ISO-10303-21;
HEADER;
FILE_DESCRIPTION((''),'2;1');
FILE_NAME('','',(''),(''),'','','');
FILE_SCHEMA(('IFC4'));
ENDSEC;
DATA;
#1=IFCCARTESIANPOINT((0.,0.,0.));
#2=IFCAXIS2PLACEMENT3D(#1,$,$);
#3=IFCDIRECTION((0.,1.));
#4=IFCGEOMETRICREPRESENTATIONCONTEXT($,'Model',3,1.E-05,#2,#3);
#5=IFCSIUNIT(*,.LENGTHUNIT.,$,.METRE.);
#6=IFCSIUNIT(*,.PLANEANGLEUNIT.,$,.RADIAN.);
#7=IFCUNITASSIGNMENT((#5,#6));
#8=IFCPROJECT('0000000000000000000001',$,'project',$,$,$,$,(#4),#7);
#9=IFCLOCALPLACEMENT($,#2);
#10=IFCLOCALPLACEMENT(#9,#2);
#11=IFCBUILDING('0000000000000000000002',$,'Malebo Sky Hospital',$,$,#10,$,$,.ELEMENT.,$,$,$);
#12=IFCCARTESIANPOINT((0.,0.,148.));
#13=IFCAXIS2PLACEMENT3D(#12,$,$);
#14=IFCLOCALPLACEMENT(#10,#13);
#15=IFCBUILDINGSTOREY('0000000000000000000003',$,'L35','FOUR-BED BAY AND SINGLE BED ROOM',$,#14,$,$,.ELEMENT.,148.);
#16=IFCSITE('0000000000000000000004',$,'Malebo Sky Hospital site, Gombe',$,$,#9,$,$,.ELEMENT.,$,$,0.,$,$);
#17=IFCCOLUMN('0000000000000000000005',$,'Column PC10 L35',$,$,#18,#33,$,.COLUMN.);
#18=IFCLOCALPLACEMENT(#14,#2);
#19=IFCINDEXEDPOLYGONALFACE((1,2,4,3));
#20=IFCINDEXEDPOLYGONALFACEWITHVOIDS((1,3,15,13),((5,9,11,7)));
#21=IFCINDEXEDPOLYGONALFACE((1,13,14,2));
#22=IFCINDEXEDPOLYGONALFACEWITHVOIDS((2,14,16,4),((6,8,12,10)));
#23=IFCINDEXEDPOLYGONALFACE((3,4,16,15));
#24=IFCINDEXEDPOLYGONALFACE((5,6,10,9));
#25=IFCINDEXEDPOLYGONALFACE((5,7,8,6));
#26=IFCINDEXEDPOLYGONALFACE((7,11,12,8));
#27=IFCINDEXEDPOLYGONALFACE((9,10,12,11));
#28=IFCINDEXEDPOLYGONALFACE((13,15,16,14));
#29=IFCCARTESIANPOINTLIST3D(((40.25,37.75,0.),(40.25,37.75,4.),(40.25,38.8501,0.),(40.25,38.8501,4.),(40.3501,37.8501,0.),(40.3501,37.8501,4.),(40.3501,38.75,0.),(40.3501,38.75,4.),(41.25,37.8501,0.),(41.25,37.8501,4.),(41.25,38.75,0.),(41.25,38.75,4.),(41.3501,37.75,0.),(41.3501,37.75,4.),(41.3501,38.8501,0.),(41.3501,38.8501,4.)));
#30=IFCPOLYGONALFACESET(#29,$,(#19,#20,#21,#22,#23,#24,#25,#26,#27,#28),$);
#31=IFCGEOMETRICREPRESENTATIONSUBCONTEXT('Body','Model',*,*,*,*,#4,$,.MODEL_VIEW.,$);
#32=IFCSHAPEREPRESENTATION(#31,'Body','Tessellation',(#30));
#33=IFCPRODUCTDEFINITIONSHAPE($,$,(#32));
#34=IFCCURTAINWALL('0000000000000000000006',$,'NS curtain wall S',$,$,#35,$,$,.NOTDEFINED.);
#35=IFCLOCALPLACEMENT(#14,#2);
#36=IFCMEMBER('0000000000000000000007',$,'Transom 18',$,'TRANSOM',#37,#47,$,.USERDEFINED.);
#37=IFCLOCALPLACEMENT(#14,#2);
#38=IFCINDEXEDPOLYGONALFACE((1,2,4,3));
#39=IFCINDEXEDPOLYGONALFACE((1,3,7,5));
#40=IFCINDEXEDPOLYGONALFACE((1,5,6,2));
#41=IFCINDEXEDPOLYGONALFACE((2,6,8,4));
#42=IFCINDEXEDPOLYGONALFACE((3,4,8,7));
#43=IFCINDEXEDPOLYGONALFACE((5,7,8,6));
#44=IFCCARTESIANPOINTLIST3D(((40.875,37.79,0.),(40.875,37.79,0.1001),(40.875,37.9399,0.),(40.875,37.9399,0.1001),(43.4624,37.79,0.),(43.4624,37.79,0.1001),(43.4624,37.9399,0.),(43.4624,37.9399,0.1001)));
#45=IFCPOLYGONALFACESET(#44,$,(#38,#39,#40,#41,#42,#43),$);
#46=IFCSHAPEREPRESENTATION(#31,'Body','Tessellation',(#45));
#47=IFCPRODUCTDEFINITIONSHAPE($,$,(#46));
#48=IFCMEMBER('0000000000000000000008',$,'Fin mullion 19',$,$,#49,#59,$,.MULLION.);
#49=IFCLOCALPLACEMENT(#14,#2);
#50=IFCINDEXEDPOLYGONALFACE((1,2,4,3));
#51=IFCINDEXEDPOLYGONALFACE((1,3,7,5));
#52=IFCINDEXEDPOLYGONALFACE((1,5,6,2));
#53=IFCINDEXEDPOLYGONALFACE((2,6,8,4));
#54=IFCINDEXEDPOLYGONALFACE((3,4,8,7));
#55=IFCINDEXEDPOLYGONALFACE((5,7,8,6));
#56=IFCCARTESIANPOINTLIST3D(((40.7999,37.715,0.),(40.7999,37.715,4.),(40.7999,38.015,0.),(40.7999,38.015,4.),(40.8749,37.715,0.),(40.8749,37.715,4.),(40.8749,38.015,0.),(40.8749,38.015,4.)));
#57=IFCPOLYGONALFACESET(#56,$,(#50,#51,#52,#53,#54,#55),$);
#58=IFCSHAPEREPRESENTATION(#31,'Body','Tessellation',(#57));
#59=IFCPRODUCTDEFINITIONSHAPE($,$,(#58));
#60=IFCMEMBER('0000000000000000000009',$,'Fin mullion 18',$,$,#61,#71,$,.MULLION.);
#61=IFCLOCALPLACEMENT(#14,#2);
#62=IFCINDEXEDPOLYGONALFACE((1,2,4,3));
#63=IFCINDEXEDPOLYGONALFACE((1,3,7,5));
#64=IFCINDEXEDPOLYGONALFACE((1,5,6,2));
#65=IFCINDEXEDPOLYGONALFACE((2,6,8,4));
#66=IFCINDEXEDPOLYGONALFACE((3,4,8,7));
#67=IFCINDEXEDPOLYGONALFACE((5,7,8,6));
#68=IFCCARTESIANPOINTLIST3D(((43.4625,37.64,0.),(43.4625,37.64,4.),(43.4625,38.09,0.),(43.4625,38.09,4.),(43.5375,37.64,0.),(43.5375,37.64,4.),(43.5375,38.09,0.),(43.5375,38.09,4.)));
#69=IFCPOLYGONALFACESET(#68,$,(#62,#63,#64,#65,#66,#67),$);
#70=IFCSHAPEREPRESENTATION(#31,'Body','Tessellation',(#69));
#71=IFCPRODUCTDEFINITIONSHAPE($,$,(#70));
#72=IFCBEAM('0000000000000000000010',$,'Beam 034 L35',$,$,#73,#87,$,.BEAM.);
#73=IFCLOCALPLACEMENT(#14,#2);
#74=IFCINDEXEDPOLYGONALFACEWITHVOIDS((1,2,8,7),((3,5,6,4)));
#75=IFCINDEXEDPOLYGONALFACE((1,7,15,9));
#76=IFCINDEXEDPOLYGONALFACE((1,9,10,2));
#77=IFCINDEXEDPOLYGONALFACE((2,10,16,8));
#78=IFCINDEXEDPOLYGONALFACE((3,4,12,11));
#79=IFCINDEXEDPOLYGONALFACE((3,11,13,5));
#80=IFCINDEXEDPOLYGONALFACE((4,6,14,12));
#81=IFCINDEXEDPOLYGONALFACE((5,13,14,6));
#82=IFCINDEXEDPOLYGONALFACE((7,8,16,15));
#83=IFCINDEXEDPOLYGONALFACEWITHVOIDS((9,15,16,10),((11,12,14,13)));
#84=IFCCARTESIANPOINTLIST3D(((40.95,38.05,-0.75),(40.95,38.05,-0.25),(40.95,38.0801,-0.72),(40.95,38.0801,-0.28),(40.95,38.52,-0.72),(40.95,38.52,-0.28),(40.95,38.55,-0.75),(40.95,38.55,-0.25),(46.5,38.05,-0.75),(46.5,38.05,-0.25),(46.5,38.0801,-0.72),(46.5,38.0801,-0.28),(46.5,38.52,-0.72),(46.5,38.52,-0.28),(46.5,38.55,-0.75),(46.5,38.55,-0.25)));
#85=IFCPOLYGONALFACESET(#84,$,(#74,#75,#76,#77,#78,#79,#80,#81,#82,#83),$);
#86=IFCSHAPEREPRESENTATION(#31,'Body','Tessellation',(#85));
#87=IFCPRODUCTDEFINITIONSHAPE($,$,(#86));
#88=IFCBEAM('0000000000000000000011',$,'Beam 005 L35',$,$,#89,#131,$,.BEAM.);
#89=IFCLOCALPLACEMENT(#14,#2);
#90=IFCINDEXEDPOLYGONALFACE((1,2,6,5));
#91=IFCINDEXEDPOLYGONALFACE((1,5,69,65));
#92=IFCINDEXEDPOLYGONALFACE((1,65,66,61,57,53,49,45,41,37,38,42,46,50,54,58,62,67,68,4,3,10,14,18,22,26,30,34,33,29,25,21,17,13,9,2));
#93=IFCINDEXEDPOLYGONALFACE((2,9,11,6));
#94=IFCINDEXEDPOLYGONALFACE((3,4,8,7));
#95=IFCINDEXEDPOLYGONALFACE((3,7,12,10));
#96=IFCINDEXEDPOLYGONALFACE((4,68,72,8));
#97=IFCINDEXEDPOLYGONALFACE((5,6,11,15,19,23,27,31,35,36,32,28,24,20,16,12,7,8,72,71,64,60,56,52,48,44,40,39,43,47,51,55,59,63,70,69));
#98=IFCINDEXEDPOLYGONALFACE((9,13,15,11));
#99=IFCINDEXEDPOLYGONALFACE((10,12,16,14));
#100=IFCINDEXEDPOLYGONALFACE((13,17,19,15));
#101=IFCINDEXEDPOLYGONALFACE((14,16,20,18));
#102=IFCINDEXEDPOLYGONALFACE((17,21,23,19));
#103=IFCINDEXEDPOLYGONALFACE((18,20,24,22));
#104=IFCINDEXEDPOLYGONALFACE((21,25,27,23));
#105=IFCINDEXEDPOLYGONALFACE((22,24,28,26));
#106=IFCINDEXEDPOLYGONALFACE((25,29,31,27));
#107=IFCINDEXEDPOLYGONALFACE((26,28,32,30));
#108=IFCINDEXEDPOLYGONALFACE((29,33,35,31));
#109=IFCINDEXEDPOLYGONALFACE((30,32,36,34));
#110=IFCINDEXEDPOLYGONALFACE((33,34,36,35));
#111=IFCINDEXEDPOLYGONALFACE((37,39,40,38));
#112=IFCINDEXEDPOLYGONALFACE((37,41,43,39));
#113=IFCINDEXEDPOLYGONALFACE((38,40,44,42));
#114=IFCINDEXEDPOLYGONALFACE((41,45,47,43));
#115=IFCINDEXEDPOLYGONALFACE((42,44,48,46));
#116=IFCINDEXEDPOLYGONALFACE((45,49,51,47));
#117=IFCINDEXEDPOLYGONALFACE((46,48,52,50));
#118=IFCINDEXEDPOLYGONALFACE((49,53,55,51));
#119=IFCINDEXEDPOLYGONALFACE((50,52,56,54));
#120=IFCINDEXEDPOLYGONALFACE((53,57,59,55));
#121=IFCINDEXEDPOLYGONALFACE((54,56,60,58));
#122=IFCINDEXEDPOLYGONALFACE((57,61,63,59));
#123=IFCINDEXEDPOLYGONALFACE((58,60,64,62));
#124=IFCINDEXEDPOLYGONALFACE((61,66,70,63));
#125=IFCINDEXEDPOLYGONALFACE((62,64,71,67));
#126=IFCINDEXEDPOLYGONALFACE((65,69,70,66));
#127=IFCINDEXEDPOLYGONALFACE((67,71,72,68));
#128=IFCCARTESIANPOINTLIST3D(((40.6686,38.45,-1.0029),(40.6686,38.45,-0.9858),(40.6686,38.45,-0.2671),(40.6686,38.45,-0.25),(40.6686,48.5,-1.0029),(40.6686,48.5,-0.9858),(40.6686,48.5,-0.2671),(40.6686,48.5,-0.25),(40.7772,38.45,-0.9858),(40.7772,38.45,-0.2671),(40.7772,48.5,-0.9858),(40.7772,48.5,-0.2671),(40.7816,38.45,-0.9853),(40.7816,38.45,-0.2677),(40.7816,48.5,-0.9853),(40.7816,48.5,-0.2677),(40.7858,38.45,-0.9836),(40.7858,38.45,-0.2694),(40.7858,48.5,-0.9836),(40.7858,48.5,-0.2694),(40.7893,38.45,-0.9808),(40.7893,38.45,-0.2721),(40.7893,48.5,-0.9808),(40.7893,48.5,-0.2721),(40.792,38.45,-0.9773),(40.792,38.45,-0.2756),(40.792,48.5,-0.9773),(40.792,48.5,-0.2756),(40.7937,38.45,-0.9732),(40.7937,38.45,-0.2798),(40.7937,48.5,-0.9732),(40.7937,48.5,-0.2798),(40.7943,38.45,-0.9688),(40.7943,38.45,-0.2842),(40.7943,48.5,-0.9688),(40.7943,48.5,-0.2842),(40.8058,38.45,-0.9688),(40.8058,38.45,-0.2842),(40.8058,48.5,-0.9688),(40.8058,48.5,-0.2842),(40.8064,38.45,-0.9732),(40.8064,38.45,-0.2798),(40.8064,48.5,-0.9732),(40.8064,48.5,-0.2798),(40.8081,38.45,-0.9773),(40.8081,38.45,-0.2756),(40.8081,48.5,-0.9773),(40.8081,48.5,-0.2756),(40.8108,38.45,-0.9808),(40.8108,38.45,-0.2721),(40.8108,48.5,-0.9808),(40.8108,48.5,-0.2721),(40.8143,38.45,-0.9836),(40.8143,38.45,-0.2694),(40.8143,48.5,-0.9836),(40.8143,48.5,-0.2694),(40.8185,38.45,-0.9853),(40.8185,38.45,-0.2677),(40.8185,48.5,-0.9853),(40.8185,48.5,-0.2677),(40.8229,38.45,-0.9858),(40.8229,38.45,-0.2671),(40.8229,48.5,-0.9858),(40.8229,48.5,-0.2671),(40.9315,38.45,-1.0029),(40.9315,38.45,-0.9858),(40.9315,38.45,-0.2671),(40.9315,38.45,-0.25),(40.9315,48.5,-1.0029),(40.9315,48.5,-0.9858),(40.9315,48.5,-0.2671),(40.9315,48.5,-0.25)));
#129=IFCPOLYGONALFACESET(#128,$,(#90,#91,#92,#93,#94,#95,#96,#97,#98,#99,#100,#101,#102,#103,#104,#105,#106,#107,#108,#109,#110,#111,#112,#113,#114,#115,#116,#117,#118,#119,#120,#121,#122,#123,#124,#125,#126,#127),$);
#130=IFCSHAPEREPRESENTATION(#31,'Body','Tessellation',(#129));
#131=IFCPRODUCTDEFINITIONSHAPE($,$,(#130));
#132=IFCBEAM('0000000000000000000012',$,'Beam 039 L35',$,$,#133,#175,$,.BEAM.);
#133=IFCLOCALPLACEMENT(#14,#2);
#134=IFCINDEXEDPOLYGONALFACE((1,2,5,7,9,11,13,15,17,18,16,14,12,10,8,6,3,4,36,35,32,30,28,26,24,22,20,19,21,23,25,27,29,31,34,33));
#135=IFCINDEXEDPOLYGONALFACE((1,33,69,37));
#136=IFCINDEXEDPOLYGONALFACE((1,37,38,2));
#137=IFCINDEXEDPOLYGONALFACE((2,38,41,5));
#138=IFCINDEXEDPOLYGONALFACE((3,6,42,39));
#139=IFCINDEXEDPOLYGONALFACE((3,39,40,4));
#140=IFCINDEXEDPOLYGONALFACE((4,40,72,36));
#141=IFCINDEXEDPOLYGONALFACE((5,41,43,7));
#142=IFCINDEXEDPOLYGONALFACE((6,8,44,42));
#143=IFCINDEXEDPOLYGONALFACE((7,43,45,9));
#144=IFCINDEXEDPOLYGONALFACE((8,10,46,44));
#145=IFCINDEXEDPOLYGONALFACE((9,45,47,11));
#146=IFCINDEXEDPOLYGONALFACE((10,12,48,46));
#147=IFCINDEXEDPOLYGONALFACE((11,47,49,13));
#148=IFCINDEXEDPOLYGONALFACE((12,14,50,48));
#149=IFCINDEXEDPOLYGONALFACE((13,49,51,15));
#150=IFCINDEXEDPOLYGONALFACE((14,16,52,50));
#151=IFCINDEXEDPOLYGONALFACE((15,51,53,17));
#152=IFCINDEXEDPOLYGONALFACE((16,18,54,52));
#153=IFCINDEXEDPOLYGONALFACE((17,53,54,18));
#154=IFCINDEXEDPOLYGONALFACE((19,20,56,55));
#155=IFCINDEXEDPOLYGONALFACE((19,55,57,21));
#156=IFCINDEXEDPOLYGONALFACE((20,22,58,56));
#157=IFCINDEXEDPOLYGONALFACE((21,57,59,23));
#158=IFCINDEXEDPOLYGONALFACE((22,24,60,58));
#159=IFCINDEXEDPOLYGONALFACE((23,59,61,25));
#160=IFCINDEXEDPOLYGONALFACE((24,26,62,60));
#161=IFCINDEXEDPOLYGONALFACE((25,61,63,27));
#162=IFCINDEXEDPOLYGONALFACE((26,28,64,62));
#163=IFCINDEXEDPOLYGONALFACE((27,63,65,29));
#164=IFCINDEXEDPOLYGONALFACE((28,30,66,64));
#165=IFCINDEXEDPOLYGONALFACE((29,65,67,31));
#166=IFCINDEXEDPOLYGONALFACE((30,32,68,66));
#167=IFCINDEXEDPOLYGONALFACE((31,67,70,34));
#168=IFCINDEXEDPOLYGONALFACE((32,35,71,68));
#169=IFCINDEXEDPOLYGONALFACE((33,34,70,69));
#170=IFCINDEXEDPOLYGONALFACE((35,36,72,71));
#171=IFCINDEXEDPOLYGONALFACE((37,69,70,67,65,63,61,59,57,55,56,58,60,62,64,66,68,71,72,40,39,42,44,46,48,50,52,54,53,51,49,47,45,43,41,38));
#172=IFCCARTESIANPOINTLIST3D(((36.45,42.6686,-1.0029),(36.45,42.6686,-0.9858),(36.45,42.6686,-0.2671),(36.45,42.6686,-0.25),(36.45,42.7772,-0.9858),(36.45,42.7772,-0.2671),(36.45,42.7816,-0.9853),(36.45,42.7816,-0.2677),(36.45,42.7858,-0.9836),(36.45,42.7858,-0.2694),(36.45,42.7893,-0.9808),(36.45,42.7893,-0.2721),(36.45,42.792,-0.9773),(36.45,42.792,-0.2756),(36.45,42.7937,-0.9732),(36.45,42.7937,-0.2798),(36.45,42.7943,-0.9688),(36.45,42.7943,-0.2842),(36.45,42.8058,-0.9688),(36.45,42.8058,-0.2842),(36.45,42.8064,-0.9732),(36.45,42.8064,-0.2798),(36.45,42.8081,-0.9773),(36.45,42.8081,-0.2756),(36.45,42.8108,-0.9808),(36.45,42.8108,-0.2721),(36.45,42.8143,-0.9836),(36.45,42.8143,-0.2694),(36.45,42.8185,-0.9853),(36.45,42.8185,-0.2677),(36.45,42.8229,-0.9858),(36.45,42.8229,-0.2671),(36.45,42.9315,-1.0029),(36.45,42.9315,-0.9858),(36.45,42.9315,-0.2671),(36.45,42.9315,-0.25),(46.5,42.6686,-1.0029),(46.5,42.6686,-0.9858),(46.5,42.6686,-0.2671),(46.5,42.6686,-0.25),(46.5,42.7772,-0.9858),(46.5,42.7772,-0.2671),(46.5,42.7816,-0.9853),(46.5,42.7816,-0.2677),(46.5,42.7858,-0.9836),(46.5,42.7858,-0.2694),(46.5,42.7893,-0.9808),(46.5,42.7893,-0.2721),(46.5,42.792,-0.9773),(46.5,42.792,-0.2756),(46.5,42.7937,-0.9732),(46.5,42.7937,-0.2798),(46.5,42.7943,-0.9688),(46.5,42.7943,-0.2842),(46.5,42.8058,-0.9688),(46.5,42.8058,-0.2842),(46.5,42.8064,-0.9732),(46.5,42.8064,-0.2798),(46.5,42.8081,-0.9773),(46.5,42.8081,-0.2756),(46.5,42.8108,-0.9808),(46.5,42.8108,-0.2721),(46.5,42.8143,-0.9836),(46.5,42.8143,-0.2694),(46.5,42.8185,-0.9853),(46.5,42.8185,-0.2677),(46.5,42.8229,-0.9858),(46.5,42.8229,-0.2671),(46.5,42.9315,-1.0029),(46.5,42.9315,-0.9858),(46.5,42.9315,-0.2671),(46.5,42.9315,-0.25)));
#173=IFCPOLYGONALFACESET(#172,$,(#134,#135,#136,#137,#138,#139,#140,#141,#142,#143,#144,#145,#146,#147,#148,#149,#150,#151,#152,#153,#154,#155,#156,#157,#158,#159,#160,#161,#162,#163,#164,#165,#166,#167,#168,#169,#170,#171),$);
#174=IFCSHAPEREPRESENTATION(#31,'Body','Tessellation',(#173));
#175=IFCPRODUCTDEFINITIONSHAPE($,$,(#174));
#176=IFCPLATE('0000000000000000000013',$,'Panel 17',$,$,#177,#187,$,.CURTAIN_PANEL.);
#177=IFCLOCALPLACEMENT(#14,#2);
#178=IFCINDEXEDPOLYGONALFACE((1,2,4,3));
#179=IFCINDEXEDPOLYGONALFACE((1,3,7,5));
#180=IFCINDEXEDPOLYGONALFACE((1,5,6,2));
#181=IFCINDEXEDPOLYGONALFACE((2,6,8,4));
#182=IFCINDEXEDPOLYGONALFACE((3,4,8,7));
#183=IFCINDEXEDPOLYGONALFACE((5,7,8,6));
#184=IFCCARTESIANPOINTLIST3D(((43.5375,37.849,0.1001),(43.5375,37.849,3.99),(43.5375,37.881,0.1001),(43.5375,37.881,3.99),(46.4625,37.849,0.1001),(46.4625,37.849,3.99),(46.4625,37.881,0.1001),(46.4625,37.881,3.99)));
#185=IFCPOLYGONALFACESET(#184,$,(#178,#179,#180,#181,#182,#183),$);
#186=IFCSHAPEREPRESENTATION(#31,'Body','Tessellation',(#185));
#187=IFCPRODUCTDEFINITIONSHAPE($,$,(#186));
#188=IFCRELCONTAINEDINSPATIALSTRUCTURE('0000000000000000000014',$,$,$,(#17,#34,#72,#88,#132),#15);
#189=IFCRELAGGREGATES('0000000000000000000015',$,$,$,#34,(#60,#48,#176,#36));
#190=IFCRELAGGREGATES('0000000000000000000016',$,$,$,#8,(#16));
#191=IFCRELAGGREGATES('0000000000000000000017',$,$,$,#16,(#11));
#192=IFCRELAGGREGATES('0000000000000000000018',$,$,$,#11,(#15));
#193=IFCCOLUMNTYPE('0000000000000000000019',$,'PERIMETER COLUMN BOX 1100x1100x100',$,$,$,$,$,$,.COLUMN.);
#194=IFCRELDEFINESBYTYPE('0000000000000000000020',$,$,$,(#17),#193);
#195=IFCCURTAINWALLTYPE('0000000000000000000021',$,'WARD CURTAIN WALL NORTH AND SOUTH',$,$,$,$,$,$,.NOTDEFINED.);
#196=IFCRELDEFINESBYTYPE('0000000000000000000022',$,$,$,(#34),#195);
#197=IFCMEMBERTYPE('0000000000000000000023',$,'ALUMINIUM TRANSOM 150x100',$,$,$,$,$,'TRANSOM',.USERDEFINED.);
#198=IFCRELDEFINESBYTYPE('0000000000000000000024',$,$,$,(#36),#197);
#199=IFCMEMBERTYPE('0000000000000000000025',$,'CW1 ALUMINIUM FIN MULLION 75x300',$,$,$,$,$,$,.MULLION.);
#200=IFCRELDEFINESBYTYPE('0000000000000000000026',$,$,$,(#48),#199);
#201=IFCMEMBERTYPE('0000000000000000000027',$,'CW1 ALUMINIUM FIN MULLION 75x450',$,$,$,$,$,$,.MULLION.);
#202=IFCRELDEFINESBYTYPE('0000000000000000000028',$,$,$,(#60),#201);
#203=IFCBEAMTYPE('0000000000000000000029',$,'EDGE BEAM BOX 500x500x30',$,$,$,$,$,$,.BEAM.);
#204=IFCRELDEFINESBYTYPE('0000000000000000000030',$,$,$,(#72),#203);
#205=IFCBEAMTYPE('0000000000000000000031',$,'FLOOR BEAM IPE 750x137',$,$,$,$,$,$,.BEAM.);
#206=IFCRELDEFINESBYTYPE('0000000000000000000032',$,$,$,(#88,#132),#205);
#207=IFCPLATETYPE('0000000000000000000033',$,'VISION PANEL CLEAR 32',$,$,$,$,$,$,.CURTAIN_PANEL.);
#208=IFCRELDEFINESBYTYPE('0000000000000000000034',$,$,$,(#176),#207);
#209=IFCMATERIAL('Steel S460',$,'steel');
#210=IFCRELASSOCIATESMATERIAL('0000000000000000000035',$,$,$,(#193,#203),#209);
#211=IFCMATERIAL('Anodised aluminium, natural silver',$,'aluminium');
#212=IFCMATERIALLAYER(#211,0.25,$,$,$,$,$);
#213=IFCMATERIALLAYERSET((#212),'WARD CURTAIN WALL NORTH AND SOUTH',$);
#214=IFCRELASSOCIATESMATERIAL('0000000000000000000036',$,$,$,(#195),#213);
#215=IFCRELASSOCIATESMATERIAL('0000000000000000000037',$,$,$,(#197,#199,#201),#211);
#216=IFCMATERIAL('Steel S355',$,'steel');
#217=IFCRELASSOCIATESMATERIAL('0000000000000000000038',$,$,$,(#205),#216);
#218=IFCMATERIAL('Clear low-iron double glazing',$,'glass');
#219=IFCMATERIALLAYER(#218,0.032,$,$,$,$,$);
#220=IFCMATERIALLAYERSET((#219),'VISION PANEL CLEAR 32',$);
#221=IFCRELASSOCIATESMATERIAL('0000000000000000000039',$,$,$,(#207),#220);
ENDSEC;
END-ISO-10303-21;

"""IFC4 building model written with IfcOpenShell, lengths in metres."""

from ifc_helpers import new_model, si_unit, direction, frame, origin, origin_2d, place, context, subcontext, project, spatial, rectangle, hollow_rectangle, i_section, extrude, material, layer, layer_set, material_profile, profile_set, type_object, element, aggregate, save


model = new_model("IFC4")

# Units and contexts
model_context = context("Model", 3, precision=1e-05, world=origin(), true_north=direction((0.0, 1.0)))
body_context = subcontext(model_context, "Body", "Model", "MODEL_VIEW")
ifc_project = project(units=[si_unit("LENGTHUNIT", "METRE"), si_unit("PLANEANGLEUNIT", "RADIAN")], contexts=[model_context])

# Site, building, storey
site_placement = place(None, origin())
site = spatial("IfcSite", under=ifc_project, at=site_placement, Name="Malebo Sky Hospital site, Gombe", CompositionType="ELEMENT", RefElevation=0.0)
building_placement = place(site_placement, origin())
building = spatial("IfcBuilding", under=site, at=building_placement, Name="Malebo Sky Hospital", CompositionType="ELEMENT")
storey_placement = place(building_placement, frame((0.0, 0.0, 148.0)))
storey = spatial("IfcBuildingStorey", under=building, at=storey_placement, Name="L35", Description="FOUR-BED BAY AND SINGLE BED ROOM", CompositionType="ELEMENT", Elevation=148.0)

# Column
ifc_material_1 = material(Name="Steel S460", Category="steel")
ifc_material_profile_1 = material_profile(ifc_material_1, hollow_rectangle(XDim=1.1001, YDim=1.1001, WallThickness=0.1001, at=origin_2d()), Name="BOX 1100x1100x100")
ifc_profile_set_1 = profile_set([ifc_material_profile_1], Name="Steel S460")
column_type = type_object("IfcColumnType", Name="PERIMETER COLUMN BOX 1100x1100x100", PredefinedType="COLUMN", material=ifc_profile_set_1)
column_placement = place(storey_placement, frame((40.8, 38.3, 0.0), z_axis=(0.0, 0.0, 1.0), x_axis=(1.0, 0.0, 0.0)))
element("IfcColumn", 1, at=column_placement, inside=storey, type_object=column_type, Name="Column PC10 L35", PredefinedType="COLUMN", context=body_context, shape_type="SweptSolid", body=[
    extrude(hollow_rectangle(XDim=1.1001, YDim=1.1001, WallThickness=0.1001, at=origin_2d()), origin(), (0.0, 0.0, 1.0), 4.0),
])

# Curtain wall, members
ifc_material_2 = material(Name="Anodised aluminium, natural silver", Category="aluminium")
ifc_layer_1 = layer(ifc_material_2, 0.25)
ifc_layer_set_1 = layer_set([ifc_layer_1], Name="WARD CURTAIN WALL NORTH AND SOUTH")
curtain_wall_type = type_object("IfcCurtainWallType", Name="WARD CURTAIN WALL NORTH AND SOUTH", PredefinedType="NOTDEFINED", material=ifc_layer_set_1)
curtain_wall_placement = place(storey_placement, origin())
curtain_wall = element("IfcCurtainWall", 2, at=curtain_wall_placement, inside=storey, type_object=curtain_wall_type, Name="NS curtain wall S", PredefinedType="NOTDEFINED")
ifc_material_profile_2 = material_profile(ifc_material_2, rectangle(XDim=0.1499, YDim=0.1001, at=origin_2d()), Name="ALUMINIUM TRANSOM 150x100")
ifc_profile_set_2 = profile_set([ifc_material_profile_2], Name="Anodised aluminium, natural silver")
member_type_1 = type_object("IfcMemberType", Name="ALUMINIUM TRANSOM 150x100", ElementType="TRANSOM", PredefinedType="USERDEFINED", material=ifc_profile_set_2)
member_1_placement = place(storey_placement, frame((43.4624, 37.865, 0.05), z_axis=(-1.0, 0.0, 0.0), x_axis=(0.0, -1.0, 0.0)))
member_1 = element("IfcMember", 3, at=member_1_placement, type_object=member_type_1, Name="Transom 18", ObjectType="TRANSOM", PredefinedType="USERDEFINED", context=body_context, shape_type="SweptSolid", body=[
    extrude(rectangle(XDim=0.1499, YDim=0.1001, at=origin_2d()), origin(), (0.0, 0.0, 1.0), 2.5874),
])
ifc_material_profile_3 = material_profile(ifc_material_2, rectangle(XDim=0.075, YDim=0.3, at=origin_2d()), Name="CW1 ALUMINIUM FIN MULLION 75x300")
ifc_profile_set_3 = profile_set([ifc_material_profile_3], Name="Anodised aluminium, natural silver")
member_type_2 = type_object("IfcMemberType", Name="CW1 ALUMINIUM FIN MULLION 75x300", PredefinedType="MULLION", material=ifc_profile_set_3)
member_2_placement = place(storey_placement, frame((40.8374, 37.865, 0.0), z_axis=(0.0, 0.0, 1.0), x_axis=(-1.0, 0.0, 0.0)))
member_2 = element("IfcMember", 4, at=member_2_placement, type_object=member_type_2, Name="Fin mullion 19", PredefinedType="MULLION", context=body_context, shape_type="SweptSolid", body=[
    extrude(rectangle(XDim=0.075, YDim=0.3, at=origin_2d()), origin(), (0.0, 0.0, 1.0), 4.0),
])
ifc_material_profile_4 = material_profile(ifc_material_2, rectangle(XDim=0.075, YDim=0.45, at=origin_2d()), Name="CW1 ALUMINIUM FIN MULLION 75x450")
ifc_profile_set_4 = profile_set([ifc_material_profile_4], Name="Anodised aluminium, natural silver")
member_type_3 = type_object("IfcMemberType", Name="CW1 ALUMINIUM FIN MULLION 75x450", PredefinedType="MULLION", material=ifc_profile_set_4)
member_3_placement = place(storey_placement, frame((43.5, 37.865, 0.0), z_axis=(0.0, 0.0, 1.0), x_axis=(-1.0, 0.0, 0.0)))
member_3 = element("IfcMember", 5, at=member_3_placement, type_object=member_type_3, Name="Fin mullion 18", PredefinedType="MULLION", context=body_context, shape_type="SweptSolid", body=[
    extrude(rectangle(XDim=0.075, YDim=0.45, at=origin_2d()), origin(), (0.0, 0.0, 1.0), 4.0),
])

# Beams
ifc_material_profile_5 = material_profile(ifc_material_1, hollow_rectangle(XDim=0.5, YDim=0.5, WallThickness=0.03, at=origin_2d()), Name="BOX 500x500x30")
ifc_profile_set_5 = profile_set([ifc_material_profile_5], Name="Steel S460")
beam_type_1 = type_object("IfcBeamType", Name="EDGE BEAM BOX 500x500x30", PredefinedType="BEAM", material=ifc_profile_set_5)
beam_placement = place(storey_placement, frame((40.95, 38.3, -0.5), z_axis=(1.0, 0.0, 0.0), x_axis=(0.0, 1.0, 0.0)))
element("IfcBeam", 6, at=beam_placement, inside=storey, type_object=beam_type_1, Name="Beam 034 L35", PredefinedType="BEAM", context=body_context, shape_type="SweptSolid", body=[
    extrude(hollow_rectangle(XDim=0.5, YDim=0.5, WallThickness=0.03, at=origin_2d()), origin(), (0.0, 0.0, 1.0), 5.55),
])
ifc_material_3 = material(Name="Steel S355", Category="steel")
ifc_material_profile_6 = material_profile(ifc_material_3, i_section(OverallWidth=0.2629, OverallDepth=0.7529, WebThickness=0.0115, FlangeThickness=0.0171, FilletRadius=0.0171, at=origin_2d()), Name="IPE 750x137")
ifc_profile_set_6 = profile_set([ifc_material_profile_6], Name="Steel S355")
beam_type_2 = type_object("IfcBeamType", Name="FLOOR BEAM IPE 750x137", PredefinedType="BEAM", material=ifc_profile_set_6)
for number, where, z_axis, x_axis, name in (
    (7, (40.8, 38.45, -0.6265), (0.0, 1.0, 0.0), (-1.0, 0.0, 0.0), "Beam 005 L35"),
    (8, (36.45, 42.8, -0.6265), (1.0, 0.0, 0.0), (0.0, 1.0, 0.0), "Beam 039 L35"),
):
    element("IfcBeam", number, at=place(storey_placement, frame(where, z_axis=z_axis, x_axis=x_axis)), inside=storey, type_object=beam_type_2, Name=name, PredefinedType="BEAM", context=body_context, shape_type="SweptSolid", body=[
        extrude(i_section(OverallWidth=0.2629, OverallDepth=0.7529, WebThickness=0.0115, FlangeThickness=0.0171, FilletRadius=0.0171, at=origin_2d()), origin(), (0.0, 0.0, 1.0), 10.05),
    ])

# Plate
ifc_material_4 = material(Name="Clear low-iron double glazing", Category="glass")
ifc_layer_2 = layer(ifc_material_4, 0.032)
ifc_layer_set_2 = layer_set([ifc_layer_2], Name="VISION PANEL CLEAR 32")
plate_type = type_object("IfcPlateType", Name="VISION PANEL CLEAR 32", PredefinedType="CURTAIN_PANEL", material=ifc_layer_set_2)
plate_1_placement = place(storey_placement, frame((45.0, 37.865, 0.1001), z_axis=(0.0, 0.0, 1.0), x_axis=(-1.0, 0.0, 0.0)))
plate_1 = element("IfcPlate", 9, at=plate_1_placement, type_object=plate_type, Name="Panel 17", PredefinedType="CURTAIN_PANEL", context=body_context, shape_type="SweptSolid", body=[
    extrude(rectangle(XDim=2.925, YDim=0.032, at=origin_2d()), origin(), (0.0, 0.0, 1.0), 3.8899),
])
aggregate(curtain_wall, [member_3, member_2, plate_1, member_1])

save(model, "model.ifc")
